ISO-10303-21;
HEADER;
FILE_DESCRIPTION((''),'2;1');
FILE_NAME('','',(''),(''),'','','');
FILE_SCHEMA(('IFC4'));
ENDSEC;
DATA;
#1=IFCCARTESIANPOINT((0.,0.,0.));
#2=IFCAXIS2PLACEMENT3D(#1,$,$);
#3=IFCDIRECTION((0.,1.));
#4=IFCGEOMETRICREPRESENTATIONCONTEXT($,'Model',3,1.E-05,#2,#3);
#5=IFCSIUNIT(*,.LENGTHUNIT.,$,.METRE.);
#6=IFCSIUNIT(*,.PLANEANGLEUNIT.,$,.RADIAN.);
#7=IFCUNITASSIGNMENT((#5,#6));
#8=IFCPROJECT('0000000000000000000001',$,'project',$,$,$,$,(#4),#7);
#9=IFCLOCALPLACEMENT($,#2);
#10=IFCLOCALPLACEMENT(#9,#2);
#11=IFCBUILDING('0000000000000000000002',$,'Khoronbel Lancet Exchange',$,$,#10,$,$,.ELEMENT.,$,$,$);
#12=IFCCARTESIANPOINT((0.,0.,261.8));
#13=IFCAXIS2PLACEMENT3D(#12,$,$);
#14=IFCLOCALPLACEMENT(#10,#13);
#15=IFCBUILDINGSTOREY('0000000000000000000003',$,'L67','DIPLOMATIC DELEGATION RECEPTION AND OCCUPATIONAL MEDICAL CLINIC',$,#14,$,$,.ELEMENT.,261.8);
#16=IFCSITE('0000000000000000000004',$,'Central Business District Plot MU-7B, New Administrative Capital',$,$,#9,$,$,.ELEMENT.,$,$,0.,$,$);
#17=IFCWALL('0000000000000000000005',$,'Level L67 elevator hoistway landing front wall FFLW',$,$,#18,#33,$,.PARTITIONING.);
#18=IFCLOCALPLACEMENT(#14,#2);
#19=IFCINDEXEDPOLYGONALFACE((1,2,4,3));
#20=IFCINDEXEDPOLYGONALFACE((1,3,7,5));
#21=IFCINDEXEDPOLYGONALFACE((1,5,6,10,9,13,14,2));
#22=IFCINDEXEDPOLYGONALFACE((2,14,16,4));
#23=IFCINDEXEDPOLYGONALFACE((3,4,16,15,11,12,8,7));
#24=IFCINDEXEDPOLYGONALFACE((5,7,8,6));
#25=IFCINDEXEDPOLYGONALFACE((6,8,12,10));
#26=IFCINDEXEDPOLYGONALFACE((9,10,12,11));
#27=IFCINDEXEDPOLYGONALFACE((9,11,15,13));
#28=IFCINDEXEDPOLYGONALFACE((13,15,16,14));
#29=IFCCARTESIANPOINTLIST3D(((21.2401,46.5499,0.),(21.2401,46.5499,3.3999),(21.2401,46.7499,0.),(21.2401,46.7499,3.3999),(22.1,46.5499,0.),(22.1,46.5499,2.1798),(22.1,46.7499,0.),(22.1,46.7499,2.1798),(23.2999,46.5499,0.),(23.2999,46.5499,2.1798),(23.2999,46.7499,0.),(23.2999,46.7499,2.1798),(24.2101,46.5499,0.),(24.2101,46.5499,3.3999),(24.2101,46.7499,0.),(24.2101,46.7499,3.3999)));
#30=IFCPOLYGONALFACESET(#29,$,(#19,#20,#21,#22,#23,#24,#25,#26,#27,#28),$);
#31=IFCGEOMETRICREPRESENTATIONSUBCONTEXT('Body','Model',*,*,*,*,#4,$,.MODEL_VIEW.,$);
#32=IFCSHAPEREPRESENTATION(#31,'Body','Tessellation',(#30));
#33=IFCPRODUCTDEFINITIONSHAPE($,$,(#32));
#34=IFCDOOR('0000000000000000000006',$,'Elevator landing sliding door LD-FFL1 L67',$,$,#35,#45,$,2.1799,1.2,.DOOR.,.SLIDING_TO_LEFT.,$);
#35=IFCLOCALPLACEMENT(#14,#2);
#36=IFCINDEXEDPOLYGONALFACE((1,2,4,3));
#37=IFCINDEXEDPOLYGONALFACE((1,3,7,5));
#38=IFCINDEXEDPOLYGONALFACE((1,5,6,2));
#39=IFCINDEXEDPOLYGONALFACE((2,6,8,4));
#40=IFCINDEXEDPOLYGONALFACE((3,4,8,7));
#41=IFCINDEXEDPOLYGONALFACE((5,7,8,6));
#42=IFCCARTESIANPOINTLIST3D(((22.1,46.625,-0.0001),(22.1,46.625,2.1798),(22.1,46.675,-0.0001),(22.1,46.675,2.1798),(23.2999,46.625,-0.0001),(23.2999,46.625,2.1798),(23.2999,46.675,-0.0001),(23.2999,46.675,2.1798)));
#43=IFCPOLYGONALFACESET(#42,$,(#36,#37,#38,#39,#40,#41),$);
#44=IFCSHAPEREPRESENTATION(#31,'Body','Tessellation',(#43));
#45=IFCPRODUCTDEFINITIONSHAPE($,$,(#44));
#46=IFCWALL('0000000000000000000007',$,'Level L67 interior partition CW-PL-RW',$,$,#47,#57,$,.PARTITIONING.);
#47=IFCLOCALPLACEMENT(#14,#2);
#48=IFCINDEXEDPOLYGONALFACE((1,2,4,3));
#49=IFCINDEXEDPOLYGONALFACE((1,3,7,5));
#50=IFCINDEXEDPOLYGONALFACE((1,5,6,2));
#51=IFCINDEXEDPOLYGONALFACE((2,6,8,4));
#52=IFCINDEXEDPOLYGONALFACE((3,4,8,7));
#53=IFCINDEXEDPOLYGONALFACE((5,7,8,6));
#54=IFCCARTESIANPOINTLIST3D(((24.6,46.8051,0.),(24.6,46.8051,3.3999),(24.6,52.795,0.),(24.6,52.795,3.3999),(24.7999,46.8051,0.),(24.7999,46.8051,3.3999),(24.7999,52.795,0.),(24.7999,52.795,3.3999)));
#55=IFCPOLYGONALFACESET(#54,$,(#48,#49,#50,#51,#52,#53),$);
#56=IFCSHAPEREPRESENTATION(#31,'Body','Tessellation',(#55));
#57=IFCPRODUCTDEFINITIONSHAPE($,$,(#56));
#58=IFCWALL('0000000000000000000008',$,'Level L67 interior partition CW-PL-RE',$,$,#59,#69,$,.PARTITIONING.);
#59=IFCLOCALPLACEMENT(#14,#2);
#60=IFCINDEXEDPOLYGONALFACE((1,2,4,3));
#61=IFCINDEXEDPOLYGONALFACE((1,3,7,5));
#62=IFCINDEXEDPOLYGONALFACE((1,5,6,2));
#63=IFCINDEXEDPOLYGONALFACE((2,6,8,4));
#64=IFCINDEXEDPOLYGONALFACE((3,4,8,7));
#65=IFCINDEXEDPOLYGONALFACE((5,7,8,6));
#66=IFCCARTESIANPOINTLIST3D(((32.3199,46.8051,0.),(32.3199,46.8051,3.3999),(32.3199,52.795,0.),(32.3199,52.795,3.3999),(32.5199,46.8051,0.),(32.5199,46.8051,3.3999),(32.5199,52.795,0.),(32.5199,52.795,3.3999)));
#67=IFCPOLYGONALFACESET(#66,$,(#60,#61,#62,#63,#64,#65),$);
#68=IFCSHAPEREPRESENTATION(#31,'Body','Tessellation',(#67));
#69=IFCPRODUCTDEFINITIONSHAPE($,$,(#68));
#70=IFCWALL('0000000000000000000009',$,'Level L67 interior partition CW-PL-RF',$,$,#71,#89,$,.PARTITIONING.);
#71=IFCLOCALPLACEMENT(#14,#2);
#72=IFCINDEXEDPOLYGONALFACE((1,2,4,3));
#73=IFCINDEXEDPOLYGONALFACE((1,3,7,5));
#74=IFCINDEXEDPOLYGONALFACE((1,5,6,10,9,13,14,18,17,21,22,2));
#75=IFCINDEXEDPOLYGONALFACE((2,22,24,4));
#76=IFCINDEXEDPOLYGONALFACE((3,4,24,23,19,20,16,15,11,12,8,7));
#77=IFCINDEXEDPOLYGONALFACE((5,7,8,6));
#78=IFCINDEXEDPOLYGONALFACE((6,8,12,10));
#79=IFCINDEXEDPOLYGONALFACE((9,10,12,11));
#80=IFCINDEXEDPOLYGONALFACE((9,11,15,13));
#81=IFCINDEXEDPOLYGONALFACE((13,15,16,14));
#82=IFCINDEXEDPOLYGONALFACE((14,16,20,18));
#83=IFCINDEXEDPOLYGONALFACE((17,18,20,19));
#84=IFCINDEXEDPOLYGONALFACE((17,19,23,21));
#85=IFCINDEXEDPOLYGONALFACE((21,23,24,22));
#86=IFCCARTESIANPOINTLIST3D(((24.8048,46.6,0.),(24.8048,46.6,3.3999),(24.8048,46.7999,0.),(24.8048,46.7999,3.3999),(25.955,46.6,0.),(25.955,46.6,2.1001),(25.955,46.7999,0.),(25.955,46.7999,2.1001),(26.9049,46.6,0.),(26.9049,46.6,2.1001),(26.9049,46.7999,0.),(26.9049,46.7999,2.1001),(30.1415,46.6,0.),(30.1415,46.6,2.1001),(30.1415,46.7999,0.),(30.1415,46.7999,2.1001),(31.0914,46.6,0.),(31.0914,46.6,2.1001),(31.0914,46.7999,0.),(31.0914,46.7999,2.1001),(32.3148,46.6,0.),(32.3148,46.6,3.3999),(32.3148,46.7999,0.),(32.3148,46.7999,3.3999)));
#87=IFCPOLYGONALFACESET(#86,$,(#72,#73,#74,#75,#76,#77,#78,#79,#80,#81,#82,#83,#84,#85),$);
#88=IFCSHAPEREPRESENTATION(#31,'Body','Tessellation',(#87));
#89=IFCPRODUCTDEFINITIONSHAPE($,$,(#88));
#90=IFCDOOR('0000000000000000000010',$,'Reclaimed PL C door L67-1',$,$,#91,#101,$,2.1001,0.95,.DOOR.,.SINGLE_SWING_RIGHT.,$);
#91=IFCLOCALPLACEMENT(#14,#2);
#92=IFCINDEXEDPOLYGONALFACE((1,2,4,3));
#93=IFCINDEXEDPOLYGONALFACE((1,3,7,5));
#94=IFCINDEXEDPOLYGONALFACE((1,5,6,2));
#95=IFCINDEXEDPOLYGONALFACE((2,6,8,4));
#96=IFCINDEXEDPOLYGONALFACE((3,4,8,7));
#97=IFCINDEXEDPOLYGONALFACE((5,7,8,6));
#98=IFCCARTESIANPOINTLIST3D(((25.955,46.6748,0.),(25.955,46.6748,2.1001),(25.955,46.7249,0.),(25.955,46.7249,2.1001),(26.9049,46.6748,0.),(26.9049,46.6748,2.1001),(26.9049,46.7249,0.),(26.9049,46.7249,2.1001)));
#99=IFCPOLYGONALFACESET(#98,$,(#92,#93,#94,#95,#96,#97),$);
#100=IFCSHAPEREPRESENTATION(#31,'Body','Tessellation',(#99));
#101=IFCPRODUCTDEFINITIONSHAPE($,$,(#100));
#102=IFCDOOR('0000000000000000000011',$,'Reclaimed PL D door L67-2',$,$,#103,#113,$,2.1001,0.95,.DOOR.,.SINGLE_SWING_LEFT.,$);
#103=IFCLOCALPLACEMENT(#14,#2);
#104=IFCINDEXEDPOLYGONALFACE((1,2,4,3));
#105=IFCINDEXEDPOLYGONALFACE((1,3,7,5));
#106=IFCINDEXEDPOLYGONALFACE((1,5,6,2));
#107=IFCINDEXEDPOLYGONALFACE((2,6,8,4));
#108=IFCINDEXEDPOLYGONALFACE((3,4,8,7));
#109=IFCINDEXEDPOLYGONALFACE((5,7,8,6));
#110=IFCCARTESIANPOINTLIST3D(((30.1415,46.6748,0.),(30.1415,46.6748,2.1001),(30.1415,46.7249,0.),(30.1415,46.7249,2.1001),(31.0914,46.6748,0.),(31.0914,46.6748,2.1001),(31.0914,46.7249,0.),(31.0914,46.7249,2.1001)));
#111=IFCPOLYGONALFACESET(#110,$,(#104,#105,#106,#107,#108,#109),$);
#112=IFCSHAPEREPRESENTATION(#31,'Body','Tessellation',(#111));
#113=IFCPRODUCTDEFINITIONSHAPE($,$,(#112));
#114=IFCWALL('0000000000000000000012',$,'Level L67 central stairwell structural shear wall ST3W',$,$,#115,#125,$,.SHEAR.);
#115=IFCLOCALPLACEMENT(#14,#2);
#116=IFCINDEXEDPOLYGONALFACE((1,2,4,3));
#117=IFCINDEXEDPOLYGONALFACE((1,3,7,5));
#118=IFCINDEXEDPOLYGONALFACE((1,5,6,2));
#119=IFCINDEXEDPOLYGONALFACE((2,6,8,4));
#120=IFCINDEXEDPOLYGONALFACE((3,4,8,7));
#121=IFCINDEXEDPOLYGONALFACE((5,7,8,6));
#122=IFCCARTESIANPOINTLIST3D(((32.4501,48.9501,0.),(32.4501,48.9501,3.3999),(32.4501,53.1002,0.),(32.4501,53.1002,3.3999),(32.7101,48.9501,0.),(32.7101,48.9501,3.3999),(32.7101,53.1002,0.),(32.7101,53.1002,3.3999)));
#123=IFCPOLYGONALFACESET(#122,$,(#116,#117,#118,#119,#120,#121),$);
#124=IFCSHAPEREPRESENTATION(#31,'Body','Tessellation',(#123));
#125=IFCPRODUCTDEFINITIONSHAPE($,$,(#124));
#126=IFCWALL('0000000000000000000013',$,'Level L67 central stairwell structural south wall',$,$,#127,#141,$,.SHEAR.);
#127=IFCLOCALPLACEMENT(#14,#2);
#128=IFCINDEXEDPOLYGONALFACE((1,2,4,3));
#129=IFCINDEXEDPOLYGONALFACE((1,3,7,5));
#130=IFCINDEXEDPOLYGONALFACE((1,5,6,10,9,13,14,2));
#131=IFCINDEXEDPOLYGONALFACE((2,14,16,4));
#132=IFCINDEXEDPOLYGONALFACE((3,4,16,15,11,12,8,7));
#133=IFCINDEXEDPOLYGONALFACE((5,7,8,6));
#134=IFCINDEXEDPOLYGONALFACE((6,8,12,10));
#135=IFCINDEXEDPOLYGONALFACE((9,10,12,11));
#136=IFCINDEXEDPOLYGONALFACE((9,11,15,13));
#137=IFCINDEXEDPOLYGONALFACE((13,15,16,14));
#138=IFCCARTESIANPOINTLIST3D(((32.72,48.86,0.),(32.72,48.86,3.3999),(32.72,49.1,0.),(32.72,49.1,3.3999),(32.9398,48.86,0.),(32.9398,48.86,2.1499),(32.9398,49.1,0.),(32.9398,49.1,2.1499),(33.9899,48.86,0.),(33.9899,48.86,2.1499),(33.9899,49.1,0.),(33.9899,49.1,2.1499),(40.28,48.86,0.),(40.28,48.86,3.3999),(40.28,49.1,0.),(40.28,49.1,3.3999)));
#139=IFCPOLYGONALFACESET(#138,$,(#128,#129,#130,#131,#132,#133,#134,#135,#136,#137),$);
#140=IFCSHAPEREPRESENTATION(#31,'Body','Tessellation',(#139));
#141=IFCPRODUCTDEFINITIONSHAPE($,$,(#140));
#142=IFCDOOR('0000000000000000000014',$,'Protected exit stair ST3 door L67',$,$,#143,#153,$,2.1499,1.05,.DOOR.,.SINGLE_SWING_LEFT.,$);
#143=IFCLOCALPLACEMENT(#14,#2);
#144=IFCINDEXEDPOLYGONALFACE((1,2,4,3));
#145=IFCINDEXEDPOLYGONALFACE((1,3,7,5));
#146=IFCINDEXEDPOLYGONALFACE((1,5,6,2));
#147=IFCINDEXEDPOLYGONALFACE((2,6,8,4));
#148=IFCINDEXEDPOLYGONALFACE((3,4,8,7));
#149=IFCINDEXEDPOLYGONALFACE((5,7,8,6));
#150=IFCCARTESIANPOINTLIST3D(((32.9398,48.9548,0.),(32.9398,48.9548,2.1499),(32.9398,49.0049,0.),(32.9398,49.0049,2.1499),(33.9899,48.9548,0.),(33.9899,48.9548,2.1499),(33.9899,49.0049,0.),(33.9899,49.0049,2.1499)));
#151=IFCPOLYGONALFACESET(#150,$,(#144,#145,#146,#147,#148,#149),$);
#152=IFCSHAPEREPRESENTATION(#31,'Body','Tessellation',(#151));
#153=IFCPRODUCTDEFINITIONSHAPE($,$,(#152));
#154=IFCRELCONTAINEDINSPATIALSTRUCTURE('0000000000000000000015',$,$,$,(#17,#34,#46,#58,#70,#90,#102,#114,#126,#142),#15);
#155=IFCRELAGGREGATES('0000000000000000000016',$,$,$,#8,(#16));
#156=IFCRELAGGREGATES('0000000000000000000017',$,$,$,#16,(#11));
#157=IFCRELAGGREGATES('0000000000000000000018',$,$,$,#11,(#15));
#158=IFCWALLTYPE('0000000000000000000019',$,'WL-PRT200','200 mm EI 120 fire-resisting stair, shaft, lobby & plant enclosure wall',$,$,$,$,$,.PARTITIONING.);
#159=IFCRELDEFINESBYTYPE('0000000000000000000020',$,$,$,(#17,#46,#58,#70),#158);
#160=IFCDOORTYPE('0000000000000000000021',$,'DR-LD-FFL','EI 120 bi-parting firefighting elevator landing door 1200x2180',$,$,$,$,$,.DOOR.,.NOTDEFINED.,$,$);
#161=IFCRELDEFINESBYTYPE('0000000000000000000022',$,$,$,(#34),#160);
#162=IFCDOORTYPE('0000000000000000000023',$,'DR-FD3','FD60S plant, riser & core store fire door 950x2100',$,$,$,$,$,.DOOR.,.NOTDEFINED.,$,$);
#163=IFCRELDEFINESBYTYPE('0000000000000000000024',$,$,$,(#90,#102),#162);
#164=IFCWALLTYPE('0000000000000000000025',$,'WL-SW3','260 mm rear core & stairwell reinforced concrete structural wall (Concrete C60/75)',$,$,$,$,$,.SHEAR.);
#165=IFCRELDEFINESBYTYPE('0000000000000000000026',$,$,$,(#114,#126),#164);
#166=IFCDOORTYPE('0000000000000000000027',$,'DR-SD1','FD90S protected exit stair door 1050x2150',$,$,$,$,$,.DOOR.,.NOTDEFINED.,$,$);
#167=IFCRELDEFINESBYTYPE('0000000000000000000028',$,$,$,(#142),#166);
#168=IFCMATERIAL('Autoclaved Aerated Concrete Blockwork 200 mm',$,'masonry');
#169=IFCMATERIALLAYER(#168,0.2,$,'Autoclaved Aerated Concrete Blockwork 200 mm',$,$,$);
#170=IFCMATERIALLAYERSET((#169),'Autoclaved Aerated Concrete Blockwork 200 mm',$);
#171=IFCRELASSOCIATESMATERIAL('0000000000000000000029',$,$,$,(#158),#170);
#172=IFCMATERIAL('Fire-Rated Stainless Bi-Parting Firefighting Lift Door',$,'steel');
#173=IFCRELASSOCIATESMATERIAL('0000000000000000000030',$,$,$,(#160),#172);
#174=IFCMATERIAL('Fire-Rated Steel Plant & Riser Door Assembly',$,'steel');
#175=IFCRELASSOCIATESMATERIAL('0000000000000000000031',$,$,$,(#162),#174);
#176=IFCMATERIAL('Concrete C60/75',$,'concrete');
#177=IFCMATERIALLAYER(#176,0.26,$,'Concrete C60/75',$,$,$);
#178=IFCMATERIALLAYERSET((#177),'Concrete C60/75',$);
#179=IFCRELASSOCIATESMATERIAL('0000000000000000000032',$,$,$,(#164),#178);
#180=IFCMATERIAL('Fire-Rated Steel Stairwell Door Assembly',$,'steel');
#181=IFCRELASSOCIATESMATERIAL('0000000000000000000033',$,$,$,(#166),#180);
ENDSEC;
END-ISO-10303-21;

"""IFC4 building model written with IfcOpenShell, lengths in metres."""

from ifc_helpers import new_model, si_unit, direction, frame, frame_2d, origin, place, context, subcontext, project, spatial, rectangle, extrude, material, layer, layer_set, type_object, element, fill, save


model = new_model("IFC4")

# Units and contexts
model_context = context("Model", 3, precision=1e-05, world=origin(), true_north=direction((0.0, 1.0)))
body_context = subcontext(model_context, "Body", "Model", "MODEL_VIEW")
ifc_project = project(units=[si_unit("LENGTHUNIT", "METRE"), si_unit("PLANEANGLEUNIT", "RADIAN")], contexts=[model_context])

# Site, building, storey
site_placement = place(None, origin())
site = spatial("IfcSite", under=ifc_project, at=site_placement, Name="Central Business District Plot MU-7B, New Administrative Capital", CompositionType="ELEMENT", RefElevation=0.0)
building_placement = place(site_placement, origin())
building = spatial("IfcBuilding", under=site, at=building_placement, Name="Khoronbel Lancet Exchange", CompositionType="ELEMENT")
storey_placement = place(building_placement, frame((0.0, 0.0, 261.8)))
storey = spatial("IfcBuildingStorey", under=building, at=storey_placement, Name="L67", Description="DIPLOMATIC DELEGATION RECEPTION AND OCCUPATIONAL MEDICAL CLINIC", CompositionType="ELEMENT", Elevation=261.8)

# Wall, opening, door
ifc_material_1 = material(Name="Autoclaved Aerated Concrete Blockwork 200 mm", Category="masonry")
ifc_layer_1 = layer(ifc_material_1, 0.2, Name="Autoclaved Aerated Concrete Blockwork 200 mm")
ifc_layer_set_1 = layer_set([ifc_layer_1], Name="Autoclaved Aerated Concrete Blockwork 200 mm")
wall_type_1 = type_object("IfcWallType", Name="WL-PRT200", Description="200 mm EI 120 fire-resisting stair, shaft, lobby & plant enclosure wall", PredefinedType="PARTITIONING", material=ifc_layer_set_1)
wall_1_placement = place(storey_placement, frame((24.21, 46.6499, 0.0), z_axis=(0.0, 0.0, 1.0), x_axis=(-1.0, 0.0, 0.0)))
wall_1 = element("IfcWall", 1, at=wall_1_placement, inside=storey, type_object=wall_type_1, Name="Level L67 elevator hoistway landing front wall FFLW", PredefinedType="PARTITIONING", context=body_context, shape_type="SweptSolid", body=[
    extrude(rectangle(XDim=2.97, YDim=0.2, at=frame_2d((1.4849, 0.0))), origin(), (0.0, 0.0, 1.0), 3.3999),
])
opening_1_placement = place(wall_1_placement, frame((0.9099, 0.0, 0.0)))
opening_1 = element("IfcOpeningElement", 2, at=opening_1_placement, cuts=wall_1, PredefinedType="OPENING", context=body_context, shape_type="SweptSolid", body=[
    extrude(rectangle(XDim=1.2, YDim=2.1799, at=frame_2d((0.6001, 1.0898))), frame((0.0, 0.1099, 0.0), z_axis=(0.0, -1.0, 0.0), x_axis=(1.0, 0.0, 0.0)), (0.0, 0.0, 1.0), 0.22),
])
ifc_material_2 = material(Name="Fire-Rated Stainless Bi-Parting Firefighting Lift Door", Category="steel")
door_type_1 = type_object("IfcDoorType", Name="DR-LD-FFL", Description="EI 120 bi-parting firefighting elevator landing door 1200x2180", OperationType="NOTDEFINED", PredefinedType="DOOR", material=ifc_material_2)
door_1_placement = place(opening_1_placement, origin())
door_1 = element("IfcDoor", 3, at=door_1_placement, inside=storey, type_object=door_type_1, Name="Elevator landing sliding door LD-FFL1 L67", OperationType="SLIDING_TO_LEFT", OverallHeight=2.1799, OverallWidth=1.2, PredefinedType="DOOR", context=body_context, shape_type="SweptSolid", body=[
    extrude(rectangle(XDim=1.2, YDim=2.1799, at=frame_2d((0.6001, 1.0898))), frame((0.0, 0.0249, 0.0), z_axis=(0.0, -1.0, 0.0), x_axis=(1.0, 0.0, 0.0)), (0.0, 0.0, 1.0), 0.05),
])
fill(opening_1, door_1)

# Walls
for number, where, z_axis, x_axis, name in (
    (4, (24.7, 46.8049, 0.0), (0.0, 0.0, 1.0), (0.0, 1.0, 0.0), "Level L67 interior partition CW-PL-RW"),
    (5, (32.4199, 46.8049, 0.0), (0.0, 0.0, 1.0), (0.0, 1.0, 0.0), "Level L67 interior partition CW-PL-RE"),
):
    element("IfcWall", number, at=place(storey_placement, frame(where, z_axis=z_axis, x_axis=x_axis)), inside=storey, type_object=wall_type_1, Name=name, PredefinedType="PARTITIONING", context=body_context, shape_type="SweptSolid", body=[
        extrude(rectangle(XDim=5.99, YDim=0.2, at=frame_2d((2.9951, 0.0))), origin(), (0.0, 0.0, 1.0), 3.3999),
    ])

# Wall, openings, doors
wall_2_placement = place(storey_placement, frame((24.8049, 46.7, 0.0), z_axis=(0.0, 0.0, 1.0), x_axis=(1.0, 0.0, 0.0)))
wall_2 = element("IfcWall", 6, at=wall_2_placement, inside=storey, type_object=wall_type_1, Name="Level L67 interior partition CW-PL-RF", PredefinedType="PARTITIONING", context=body_context, shape_type="SweptSolid", body=[
    extrude(rectangle(XDim=7.51, YDim=0.2, at=frame_2d((3.7549, 0.0))), origin(), (0.0, 0.0, 1.0), 3.3999),
])
opening_2_placement = place(wall_2_placement, frame((1.1499, 0.0, 0.0)))
opening_2 = element("IfcOpeningElement", 7, at=opening_2_placement, cuts=wall_2, PredefinedType="OPENING", context=body_context, shape_type="SweptSolid", body=[
    extrude(rectangle(XDim=0.95, YDim=2.1001, at=frame_2d((0.4751, 1.05))), frame((0.0, 0.1099, 0.0), z_axis=(0.0, -1.0, 0.0), x_axis=(1.0, 0.0, 0.0)), (0.0, 0.0, 1.0), 0.22),
])
opening_3_placement = place(wall_2_placement, frame((5.3364, 0.0, 0.0)))
opening_3 = element("IfcOpeningElement", 8, at=opening_3_placement, cuts=wall_2, PredefinedType="OPENING", context=body_context, shape_type="SweptSolid", body=[
    extrude(rectangle(XDim=0.95, YDim=2.1001, at=frame_2d((0.4751, 1.05))), frame((0.0, 0.1099, 0.0), z_axis=(0.0, -1.0, 0.0), x_axis=(1.0, 0.0, 0.0)), (0.0, 0.0, 1.0), 0.22),
])
ifc_material_3 = material(Name="Fire-Rated Steel Plant & Riser Door Assembly", Category="steel")
door_type_2 = type_object("IfcDoorType", Name="DR-FD3", Description="FD60S plant, riser & core store fire door 950x2100", OperationType="NOTDEFINED", PredefinedType="DOOR", material=ifc_material_3)
door_2_placement = place(opening_2_placement, origin())
door_2 = element("IfcDoor", 9, at=door_2_placement, inside=storey, type_object=door_type_2, Name="Reclaimed PL C door L67-1", OperationType="SINGLE_SWING_RIGHT", OverallHeight=2.1001, OverallWidth=0.95, PredefinedType="DOOR", context=body_context, shape_type="SweptSolid", body=[
    extrude(rectangle(XDim=0.95, YDim=2.1001, at=frame_2d((0.4751, 1.05))), frame((0.0, 0.0249, 0.0), z_axis=(0.0, -1.0, 0.0), x_axis=(1.0, 0.0, 0.0)), (0.0, 0.0, 1.0), 0.05),
])
fill(opening_2, door_2)
door_3_placement = place(opening_3_placement, origin())
door_3 = element("IfcDoor", 10, at=door_3_placement, inside=storey, type_object=door_type_2, Name="Reclaimed PL D door L67-2", OperationType="SINGLE_SWING_LEFT", OverallHeight=2.1001, OverallWidth=0.95, PredefinedType="DOOR", context=body_context, shape_type="SweptSolid", body=[
    extrude(rectangle(XDim=0.95, YDim=2.1001, at=frame_2d((0.4751, 1.05))), frame((0.0, 0.0249, 0.0), z_axis=(0.0, -1.0, 0.0), x_axis=(1.0, 0.0, 0.0)), (0.0, 0.0, 1.0), 0.05),
])
fill(opening_3, door_3)

# Wall
ifc_material_4 = material(Name="Concrete C60/75", Category="concrete")
ifc_layer_2 = layer(ifc_material_4, 0.26, Name="Concrete C60/75")
ifc_layer_set_2 = layer_set([ifc_layer_2], Name="Concrete C60/75")
wall_type_2 = type_object("IfcWallType", Name="WL-SW3", Description="260 mm rear core & stairwell reinforced concrete structural wall (Concrete C60/75)", PredefinedType="SHEAR", material=ifc_layer_set_2)
wall_3_placement = place(storey_placement, frame((32.5801, 48.95, 0.0), z_axis=(0.0, 0.0, 1.0), x_axis=(0.0, 1.0, 0.0)))
element("IfcWall", 11, at=wall_3_placement, inside=storey, type_object=wall_type_2, Name="Level L67 central stairwell structural shear wall ST3W", PredefinedType="SHEAR", context=body_context, shape_type="SweptSolid", body=[
    extrude(rectangle(XDim=4.1501, YDim=0.26, at=frame_2d((2.0752, 0.0))), origin(), (0.0, 0.0, 1.0), 3.3999),
])

# Wall, opening, door
wall_4_placement = place(storey_placement, frame((32.72, 48.98, 0.0), z_axis=(0.0, 0.0, 1.0), x_axis=(1.0, 0.0, 0.0)))
wall_4 = element("IfcWall", 12, at=wall_4_placement, inside=storey, type_object=wall_type_2, Name="Level L67 central stairwell structural south wall", PredefinedType="SHEAR", context=body_context, shape_type="SweptSolid", body=[
    extrude(rectangle(XDim=7.5601, YDim=0.24, at=frame_2d((3.78, 0.0))), origin(), (0.0, 0.0, 1.0), 3.3999),
])
opening_4_placement = place(wall_4_placement, frame((0.22, 0.0, 0.0)))
opening_4 = element("IfcOpeningElement", 13, at=opening_4_placement, cuts=wall_4, PredefinedType="OPENING", context=body_context, shape_type="SweptSolid", body=[
    extrude(rectangle(XDim=1.05, YDim=2.1499, at=frame_2d((0.5249, 1.075))), frame((0.0, 0.1299, 0.0), z_axis=(0.0, -1.0, 0.0), x_axis=(1.0, 0.0, 0.0)), (0.0, 0.0, 1.0), 0.26),
])
ifc_material_5 = material(Name="Fire-Rated Steel Stairwell Door Assembly", Category="steel")
door_type_3 = type_object("IfcDoorType", Name="DR-SD1", Description="FD90S protected exit stair door 1050x2150", OperationType="NOTDEFINED", PredefinedType="DOOR", material=ifc_material_5)
door_4_placement = place(opening_4_placement, origin())
door_4 = element("IfcDoor", 14, at=door_4_placement, inside=storey, type_object=door_type_3, Name="Protected exit stair ST3 door L67", OperationType="SINGLE_SWING_LEFT", OverallHeight=2.1499, OverallWidth=1.05, PredefinedType="DOOR", context=body_context, shape_type="SweptSolid", body=[
    extrude(rectangle(XDim=1.05, YDim=2.1499, at=frame_2d((0.5249, 1.075))), frame((0.0, 0.0249, 0.0), z_axis=(0.0, -1.0, 0.0), x_axis=(1.0, 0.0, 0.0)), (0.0, 0.0, 1.0), 0.05),
])
fill(opening_4, door_4)

save(model, "model.ifc")
